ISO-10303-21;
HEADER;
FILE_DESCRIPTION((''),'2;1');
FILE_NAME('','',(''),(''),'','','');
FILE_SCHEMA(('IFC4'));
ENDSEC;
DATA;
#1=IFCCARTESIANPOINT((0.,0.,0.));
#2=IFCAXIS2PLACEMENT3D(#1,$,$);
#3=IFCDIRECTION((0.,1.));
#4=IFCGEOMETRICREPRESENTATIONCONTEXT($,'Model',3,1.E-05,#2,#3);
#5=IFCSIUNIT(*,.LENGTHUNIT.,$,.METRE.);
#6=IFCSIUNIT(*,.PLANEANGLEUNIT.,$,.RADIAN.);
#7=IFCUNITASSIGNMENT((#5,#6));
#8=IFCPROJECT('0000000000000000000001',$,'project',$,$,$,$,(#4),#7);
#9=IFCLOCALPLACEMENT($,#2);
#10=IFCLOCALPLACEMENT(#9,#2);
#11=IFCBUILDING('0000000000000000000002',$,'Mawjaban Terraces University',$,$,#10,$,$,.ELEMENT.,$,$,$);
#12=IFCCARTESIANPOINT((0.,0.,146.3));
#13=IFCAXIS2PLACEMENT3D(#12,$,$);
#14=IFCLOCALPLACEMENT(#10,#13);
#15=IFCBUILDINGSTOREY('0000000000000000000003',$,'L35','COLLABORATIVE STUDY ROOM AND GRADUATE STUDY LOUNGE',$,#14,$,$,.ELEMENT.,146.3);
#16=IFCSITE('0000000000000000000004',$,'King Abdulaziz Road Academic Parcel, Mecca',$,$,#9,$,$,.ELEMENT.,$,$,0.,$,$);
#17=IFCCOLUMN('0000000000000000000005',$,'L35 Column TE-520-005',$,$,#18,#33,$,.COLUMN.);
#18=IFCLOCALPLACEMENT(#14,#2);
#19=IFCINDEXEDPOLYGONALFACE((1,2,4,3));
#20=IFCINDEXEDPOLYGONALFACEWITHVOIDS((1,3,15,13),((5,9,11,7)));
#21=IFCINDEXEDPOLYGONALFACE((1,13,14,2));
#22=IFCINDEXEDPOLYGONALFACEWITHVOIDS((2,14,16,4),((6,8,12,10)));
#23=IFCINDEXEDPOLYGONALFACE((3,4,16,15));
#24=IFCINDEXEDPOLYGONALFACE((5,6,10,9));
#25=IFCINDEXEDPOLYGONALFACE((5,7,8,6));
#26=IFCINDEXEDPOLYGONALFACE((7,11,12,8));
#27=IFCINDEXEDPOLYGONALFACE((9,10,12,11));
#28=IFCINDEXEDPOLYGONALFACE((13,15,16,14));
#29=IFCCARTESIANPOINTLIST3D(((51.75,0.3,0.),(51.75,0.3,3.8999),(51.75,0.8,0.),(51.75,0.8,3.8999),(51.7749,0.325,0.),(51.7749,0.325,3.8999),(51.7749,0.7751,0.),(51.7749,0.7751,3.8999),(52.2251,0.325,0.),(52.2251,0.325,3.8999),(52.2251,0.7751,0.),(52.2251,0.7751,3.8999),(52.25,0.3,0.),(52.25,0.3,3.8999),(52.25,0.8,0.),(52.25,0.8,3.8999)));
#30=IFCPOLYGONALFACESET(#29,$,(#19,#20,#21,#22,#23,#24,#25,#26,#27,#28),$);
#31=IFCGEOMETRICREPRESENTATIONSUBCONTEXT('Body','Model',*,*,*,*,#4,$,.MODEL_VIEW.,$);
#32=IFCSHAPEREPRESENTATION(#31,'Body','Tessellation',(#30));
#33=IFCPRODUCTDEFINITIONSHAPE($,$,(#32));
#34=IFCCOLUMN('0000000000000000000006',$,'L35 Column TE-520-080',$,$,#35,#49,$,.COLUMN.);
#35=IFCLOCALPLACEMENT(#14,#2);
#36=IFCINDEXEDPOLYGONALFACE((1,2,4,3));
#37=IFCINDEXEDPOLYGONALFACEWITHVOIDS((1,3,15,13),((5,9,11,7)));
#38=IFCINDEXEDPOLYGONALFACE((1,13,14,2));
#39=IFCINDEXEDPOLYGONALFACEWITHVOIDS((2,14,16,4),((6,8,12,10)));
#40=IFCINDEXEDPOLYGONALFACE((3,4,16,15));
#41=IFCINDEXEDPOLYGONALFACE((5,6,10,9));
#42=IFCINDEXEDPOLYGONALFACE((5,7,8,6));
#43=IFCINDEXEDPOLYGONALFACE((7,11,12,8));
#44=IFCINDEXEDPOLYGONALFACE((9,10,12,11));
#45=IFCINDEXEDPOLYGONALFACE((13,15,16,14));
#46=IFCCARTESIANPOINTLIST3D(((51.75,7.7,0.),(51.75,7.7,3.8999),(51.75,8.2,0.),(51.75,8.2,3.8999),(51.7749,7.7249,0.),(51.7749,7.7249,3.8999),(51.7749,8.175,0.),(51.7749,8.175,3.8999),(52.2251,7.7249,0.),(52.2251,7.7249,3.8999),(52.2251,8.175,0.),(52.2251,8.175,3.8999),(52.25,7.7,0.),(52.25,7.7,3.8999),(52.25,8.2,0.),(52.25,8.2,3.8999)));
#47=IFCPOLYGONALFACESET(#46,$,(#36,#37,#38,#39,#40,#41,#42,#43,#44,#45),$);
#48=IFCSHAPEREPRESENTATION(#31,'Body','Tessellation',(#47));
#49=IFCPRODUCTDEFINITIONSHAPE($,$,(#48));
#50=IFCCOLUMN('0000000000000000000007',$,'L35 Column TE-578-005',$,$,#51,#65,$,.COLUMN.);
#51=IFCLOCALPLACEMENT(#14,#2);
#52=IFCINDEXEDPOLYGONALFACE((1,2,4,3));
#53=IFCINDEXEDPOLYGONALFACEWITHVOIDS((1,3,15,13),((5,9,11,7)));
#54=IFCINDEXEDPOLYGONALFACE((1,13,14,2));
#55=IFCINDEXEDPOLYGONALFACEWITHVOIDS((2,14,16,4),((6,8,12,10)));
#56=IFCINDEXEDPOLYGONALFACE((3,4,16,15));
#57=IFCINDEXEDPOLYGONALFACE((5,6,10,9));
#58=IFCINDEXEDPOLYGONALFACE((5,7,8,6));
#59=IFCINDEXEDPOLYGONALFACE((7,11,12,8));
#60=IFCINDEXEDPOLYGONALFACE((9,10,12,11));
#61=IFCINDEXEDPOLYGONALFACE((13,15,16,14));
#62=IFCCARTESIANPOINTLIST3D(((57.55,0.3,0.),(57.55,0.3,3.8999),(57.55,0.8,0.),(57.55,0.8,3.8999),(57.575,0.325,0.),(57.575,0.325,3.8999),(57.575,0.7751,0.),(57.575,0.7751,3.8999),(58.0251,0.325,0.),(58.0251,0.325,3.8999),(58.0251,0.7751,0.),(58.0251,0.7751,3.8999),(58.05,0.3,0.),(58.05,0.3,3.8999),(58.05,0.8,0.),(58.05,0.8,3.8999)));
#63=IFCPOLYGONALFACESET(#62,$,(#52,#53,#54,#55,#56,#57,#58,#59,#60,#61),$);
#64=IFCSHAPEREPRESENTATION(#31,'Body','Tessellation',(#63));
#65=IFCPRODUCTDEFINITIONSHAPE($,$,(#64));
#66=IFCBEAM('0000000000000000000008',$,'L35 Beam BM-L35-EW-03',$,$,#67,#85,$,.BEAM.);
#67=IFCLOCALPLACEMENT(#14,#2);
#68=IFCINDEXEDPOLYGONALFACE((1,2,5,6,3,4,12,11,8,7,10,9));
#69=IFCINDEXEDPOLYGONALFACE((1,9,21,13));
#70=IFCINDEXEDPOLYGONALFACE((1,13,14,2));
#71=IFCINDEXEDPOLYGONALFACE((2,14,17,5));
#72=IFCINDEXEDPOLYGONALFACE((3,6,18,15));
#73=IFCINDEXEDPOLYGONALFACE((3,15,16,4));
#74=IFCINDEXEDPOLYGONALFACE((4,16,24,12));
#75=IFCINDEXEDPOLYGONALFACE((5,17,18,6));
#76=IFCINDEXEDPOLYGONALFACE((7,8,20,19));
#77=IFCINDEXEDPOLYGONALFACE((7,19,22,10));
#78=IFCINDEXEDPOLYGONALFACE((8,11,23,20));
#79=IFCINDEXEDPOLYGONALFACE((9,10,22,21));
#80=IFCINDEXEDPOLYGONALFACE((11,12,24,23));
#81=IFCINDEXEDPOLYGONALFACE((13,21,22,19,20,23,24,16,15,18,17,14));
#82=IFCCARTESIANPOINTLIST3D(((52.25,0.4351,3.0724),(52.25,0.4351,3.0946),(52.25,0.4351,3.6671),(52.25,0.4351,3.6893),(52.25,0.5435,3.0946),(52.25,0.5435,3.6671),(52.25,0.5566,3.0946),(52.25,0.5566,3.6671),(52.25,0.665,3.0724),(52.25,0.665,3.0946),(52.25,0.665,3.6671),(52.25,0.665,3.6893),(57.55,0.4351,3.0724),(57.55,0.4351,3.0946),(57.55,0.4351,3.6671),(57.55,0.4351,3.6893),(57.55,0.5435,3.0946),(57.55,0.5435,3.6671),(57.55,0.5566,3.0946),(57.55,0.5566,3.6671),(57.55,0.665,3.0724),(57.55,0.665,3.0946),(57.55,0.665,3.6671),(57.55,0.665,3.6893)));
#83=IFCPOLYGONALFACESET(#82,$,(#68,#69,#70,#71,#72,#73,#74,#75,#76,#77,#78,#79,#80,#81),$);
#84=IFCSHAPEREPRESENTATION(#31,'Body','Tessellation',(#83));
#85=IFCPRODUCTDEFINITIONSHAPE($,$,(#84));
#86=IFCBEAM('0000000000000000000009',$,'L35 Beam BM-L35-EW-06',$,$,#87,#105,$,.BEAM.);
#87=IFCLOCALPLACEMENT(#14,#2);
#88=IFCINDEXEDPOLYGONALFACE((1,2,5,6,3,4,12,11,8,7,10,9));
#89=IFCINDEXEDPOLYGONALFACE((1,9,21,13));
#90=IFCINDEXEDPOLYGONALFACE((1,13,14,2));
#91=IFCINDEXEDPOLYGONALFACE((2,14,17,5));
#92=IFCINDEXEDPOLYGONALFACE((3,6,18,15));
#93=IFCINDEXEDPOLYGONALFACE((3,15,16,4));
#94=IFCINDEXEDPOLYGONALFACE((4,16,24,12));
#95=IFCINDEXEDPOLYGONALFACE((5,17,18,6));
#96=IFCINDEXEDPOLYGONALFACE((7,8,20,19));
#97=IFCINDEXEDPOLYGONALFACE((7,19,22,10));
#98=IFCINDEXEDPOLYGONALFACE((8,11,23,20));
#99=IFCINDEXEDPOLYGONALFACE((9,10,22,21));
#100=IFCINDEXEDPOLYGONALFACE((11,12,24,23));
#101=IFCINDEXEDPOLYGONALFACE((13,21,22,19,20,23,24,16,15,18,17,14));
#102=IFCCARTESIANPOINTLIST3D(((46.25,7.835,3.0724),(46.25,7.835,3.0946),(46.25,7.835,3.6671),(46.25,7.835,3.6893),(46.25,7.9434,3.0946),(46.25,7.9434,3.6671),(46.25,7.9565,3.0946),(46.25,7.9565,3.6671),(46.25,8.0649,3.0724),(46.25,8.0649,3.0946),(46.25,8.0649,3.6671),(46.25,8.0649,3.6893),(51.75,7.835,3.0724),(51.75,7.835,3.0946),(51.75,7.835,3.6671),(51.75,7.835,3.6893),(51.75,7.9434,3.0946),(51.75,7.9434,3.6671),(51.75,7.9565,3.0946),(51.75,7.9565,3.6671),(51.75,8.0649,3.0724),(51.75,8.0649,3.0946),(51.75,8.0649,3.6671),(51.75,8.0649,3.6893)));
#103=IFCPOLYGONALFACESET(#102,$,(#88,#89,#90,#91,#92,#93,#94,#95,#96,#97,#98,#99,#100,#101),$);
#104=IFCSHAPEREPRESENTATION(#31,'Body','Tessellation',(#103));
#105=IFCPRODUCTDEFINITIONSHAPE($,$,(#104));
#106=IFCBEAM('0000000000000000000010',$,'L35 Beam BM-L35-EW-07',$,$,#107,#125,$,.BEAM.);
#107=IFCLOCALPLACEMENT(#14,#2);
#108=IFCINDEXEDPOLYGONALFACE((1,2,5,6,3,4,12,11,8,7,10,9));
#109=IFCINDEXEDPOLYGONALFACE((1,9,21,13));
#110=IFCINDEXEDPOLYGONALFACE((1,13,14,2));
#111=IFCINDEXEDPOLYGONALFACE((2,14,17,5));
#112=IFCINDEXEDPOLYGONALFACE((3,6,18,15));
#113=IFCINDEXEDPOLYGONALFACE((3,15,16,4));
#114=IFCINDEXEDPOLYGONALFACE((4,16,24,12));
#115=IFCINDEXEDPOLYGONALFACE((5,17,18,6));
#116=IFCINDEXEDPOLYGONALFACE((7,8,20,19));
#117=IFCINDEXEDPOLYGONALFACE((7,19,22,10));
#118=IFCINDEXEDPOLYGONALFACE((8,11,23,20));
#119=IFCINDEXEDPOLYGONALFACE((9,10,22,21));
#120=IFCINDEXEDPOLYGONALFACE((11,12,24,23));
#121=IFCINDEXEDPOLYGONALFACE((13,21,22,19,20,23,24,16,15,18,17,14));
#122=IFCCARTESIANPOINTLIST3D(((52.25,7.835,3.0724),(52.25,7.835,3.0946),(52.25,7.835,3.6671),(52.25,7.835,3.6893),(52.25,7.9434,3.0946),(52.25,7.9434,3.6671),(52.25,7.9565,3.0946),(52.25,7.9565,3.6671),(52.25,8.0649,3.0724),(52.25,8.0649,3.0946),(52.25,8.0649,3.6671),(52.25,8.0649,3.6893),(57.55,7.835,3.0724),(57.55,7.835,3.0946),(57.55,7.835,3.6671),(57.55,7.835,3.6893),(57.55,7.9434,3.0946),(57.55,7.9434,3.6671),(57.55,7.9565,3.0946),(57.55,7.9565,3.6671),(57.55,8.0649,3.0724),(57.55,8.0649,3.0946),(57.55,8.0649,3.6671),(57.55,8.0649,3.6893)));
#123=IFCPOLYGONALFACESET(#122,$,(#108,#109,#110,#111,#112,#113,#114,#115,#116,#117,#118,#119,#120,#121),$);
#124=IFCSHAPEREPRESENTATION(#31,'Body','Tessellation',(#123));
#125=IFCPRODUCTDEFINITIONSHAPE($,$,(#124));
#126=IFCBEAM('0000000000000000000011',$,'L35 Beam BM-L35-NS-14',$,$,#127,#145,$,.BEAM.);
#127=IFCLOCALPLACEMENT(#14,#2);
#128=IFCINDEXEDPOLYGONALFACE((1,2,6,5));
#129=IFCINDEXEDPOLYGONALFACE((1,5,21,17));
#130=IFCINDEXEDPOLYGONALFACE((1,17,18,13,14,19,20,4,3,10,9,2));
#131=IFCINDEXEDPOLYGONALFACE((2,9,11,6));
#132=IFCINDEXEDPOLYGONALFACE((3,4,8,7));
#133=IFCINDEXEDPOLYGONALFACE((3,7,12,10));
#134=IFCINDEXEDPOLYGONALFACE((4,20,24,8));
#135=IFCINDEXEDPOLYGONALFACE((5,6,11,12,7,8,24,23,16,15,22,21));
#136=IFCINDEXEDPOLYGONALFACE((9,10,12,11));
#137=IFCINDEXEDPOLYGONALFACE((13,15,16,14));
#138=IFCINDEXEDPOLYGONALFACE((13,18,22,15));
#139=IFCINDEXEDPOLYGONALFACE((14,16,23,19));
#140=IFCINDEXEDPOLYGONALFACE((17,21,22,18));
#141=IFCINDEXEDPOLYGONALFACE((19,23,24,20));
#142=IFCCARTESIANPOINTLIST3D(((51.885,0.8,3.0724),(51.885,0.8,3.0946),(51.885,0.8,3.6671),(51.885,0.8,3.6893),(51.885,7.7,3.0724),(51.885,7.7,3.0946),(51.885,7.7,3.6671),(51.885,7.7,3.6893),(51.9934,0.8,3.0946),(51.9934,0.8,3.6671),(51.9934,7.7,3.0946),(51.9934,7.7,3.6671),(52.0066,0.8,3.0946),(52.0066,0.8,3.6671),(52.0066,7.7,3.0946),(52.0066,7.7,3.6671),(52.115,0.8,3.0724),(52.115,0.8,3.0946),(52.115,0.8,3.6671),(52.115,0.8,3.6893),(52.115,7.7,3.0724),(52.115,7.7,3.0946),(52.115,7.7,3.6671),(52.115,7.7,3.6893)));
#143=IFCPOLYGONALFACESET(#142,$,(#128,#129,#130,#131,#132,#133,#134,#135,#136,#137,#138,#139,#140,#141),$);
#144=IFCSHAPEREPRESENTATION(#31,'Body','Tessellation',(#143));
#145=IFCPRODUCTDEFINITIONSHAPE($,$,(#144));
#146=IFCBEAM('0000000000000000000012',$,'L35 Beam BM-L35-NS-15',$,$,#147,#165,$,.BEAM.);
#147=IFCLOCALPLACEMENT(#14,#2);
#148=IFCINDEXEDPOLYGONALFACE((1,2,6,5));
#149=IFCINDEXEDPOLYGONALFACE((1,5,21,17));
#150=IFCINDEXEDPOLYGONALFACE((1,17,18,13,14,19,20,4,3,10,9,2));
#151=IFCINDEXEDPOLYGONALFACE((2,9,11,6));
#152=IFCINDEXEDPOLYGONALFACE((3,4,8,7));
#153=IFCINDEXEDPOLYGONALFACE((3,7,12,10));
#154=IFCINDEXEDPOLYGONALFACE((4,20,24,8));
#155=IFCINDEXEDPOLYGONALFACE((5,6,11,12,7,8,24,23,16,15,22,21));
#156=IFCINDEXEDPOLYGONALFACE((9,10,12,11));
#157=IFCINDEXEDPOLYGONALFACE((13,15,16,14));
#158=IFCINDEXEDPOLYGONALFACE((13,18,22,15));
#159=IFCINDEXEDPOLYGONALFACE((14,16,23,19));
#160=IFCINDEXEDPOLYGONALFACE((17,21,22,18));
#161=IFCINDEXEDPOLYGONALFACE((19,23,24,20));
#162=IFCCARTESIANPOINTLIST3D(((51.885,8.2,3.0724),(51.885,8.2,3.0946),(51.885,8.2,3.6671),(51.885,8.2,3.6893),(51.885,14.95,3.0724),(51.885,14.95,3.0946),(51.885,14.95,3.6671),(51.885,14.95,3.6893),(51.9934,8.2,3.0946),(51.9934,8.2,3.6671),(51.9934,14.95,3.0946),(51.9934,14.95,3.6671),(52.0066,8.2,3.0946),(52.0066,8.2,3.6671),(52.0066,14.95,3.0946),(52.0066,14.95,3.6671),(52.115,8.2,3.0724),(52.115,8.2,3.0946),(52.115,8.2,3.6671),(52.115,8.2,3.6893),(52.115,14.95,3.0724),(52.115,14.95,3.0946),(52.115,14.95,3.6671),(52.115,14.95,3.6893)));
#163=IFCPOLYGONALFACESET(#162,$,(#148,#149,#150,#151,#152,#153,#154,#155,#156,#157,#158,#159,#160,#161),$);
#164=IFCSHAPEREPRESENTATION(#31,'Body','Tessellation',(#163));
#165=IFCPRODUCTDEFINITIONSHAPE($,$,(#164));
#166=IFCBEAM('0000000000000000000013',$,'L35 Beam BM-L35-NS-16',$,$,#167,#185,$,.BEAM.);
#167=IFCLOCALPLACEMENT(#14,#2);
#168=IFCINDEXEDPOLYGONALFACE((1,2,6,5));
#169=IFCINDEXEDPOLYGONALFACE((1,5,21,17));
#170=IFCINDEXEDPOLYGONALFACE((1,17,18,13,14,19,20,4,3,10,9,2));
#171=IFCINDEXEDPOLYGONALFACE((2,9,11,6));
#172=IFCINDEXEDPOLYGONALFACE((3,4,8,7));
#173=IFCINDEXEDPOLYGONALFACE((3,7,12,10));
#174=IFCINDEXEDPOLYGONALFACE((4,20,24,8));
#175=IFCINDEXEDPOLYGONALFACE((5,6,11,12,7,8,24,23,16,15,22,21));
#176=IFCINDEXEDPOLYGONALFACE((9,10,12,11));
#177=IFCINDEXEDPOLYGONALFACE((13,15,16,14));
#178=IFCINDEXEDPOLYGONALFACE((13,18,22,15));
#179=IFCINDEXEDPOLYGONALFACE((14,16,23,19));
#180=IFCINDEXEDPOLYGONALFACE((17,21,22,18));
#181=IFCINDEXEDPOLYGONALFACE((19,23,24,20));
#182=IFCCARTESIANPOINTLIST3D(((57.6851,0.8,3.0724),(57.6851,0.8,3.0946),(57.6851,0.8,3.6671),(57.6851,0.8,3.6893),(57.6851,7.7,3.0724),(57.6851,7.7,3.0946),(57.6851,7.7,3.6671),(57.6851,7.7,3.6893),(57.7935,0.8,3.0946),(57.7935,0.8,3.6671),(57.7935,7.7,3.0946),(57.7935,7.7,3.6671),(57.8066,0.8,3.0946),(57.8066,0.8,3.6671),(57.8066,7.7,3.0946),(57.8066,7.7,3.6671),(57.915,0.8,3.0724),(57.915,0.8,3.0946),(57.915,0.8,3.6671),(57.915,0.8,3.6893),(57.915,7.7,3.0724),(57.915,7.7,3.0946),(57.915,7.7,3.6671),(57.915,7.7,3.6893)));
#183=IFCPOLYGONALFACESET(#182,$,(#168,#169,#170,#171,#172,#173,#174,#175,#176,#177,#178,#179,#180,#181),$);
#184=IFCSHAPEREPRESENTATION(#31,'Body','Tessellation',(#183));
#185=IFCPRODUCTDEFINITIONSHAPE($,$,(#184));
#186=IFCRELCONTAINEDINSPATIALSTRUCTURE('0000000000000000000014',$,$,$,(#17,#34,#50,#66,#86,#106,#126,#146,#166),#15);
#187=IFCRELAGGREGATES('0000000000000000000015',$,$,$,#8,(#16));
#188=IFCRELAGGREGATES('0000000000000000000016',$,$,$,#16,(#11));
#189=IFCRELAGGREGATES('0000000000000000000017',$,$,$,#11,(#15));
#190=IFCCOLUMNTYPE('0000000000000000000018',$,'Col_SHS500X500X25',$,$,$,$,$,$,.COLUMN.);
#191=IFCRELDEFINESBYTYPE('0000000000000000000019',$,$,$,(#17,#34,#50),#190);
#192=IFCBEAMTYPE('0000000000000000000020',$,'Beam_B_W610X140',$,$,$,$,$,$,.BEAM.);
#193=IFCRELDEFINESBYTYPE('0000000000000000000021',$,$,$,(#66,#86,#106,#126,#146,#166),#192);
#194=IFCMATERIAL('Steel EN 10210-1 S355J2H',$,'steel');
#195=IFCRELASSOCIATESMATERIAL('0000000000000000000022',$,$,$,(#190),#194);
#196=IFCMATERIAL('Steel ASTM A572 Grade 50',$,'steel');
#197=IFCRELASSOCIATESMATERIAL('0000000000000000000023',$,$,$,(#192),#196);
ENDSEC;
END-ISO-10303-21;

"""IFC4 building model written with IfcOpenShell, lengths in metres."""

from ifc_helpers import new_model, si_unit, direction, frame, origin, origin_2d, place, context, subcontext, project, spatial, hollow_rectangle, i_section, extrude, material, material_profile, profile_set, type_object, element, save


model = new_model("IFC4")

# Units and contexts
model_context = context("Model", 3, precision=1e-05, world=origin(), true_north=direction((0.0, 1.0)))
body_context = subcontext(model_context, "Body", "Model", "MODEL_VIEW")
ifc_project = project(units=[si_unit("LENGTHUNIT", "METRE"), si_unit("PLANEANGLEUNIT", "RADIAN")], contexts=[model_context])

# Site, building, storey
site_placement = place(None, origin())
site = spatial("IfcSite", under=ifc_project, at=site_placement, Name="King Abdulaziz Road Academic Parcel, Mecca", CompositionType="ELEMENT", RefElevation=0.0)
building_placement = place(site_placement, origin())
building = spatial("IfcBuilding", under=site, at=building_placement, Name="Mawjaban Terraces University", CompositionType="ELEMENT")
storey_placement = place(building_placement, frame((0.0, 0.0, 146.3)))
storey = spatial("IfcBuildingStorey", under=building, at=storey_placement, Name="L35", Description="COLLABORATIVE STUDY ROOM AND GRADUATE STUDY LOUNGE", CompositionType="ELEMENT", Elevation=146.3)

# Columns
ifc_material_1 = material(Name="Steel EN 10210-1 S355J2H", Category="steel")
ifc_material_profile_1 = material_profile(ifc_material_1, hollow_rectangle(XDim=0.5, YDim=0.5, WallThickness=0.0249, at=origin_2d()), Name="SHS500X500X25")
ifc_profile_set_1 = profile_set([ifc_material_profile_1], Name="Steel EN 10210-1 S355J2H")
column_type = type_object("IfcColumnType", Name="Col_SHS500X500X25", PredefinedType="COLUMN", material=ifc_profile_set_1)
for number, where, z_axis, x_axis, name in (
    (1, (52.0, 0.55, 0.0), (0.0, 0.0, 1.0), (1.0, 0.0, 0.0), "L35 Column TE-520-005"),
    (2, (52.0, 7.95, 0.0), (0.0, 0.0, 1.0), (1.0, 0.0, 0.0), "L35 Column TE-520-080"),
    (3, (57.8, 0.55, 0.0), (0.0, 0.0, 1.0), (1.0, 0.0, 0.0), "L35 Column TE-578-005"),
):
    element("IfcColumn", number, at=place(storey_placement, frame(where, z_axis=z_axis, x_axis=x_axis)), inside=storey, type_object=column_type, Name=name, PredefinedType="COLUMN", context=body_context, shape_type="SweptSolid", body=[
        extrude(hollow_rectangle(XDim=0.5, YDim=0.5, WallThickness=0.0249, at=origin_2d()), origin(), (0.0, 0.0, 1.0), 3.8999),
    ])

# Beams
ifc_material_2 = material(Name="Steel ASTM A572 Grade 50", Category="steel")
ifc_material_profile_2 = material_profile(ifc_material_2, i_section(OverallWidth=0.23, OverallDepth=0.6169, WebThickness=0.0132, FlangeThickness=0.0222, at=origin_2d()), Name="W610X140")
ifc_profile_set_2 = profile_set([ifc_material_profile_2], Name="Steel ASTM A572 Grade 50")
beam_type_1 = type_object("IfcBeamType", Name="Beam_B_W610X140", PredefinedType="BEAM", material=ifc_profile_set_2)
beam_1_placement = place(storey_placement, frame((52.25, 0.55, 3.3809), z_axis=(1.0, 0.0, 0.0), x_axis=(0.0, 1.0, 0.0)))
element("IfcBeam", 4, at=beam_1_placement, inside=storey, type_object=beam_type_1, Name="L35 Beam BM-L35-EW-03", PredefinedType="BEAM", context=body_context, shape_type="SweptSolid", body=[
    extrude(i_section(OverallWidth=0.23, OverallDepth=0.6169, WebThickness=0.0132, FlangeThickness=0.0222, at=origin_2d()), origin(), (0.0, 0.0, 1.0), 5.3),
])
beam_2_placement = place(storey_placement, frame((46.25, 7.95, 3.3809), z_axis=(1.0, 0.0, 0.0), x_axis=(0.0, 1.0, 0.0)))
element("IfcBeam", 5, at=beam_2_placement, inside=storey, type_object=beam_type_1, Name="L35 Beam BM-L35-EW-06", PredefinedType="BEAM", context=body_context, shape_type="SweptSolid", body=[
    extrude(i_section(OverallWidth=0.23, OverallDepth=0.6169, WebThickness=0.0132, FlangeThickness=0.0222, at=origin_2d()), origin(), (0.0, 0.0, 1.0), 5.5),
])
beam_3_placement = place(storey_placement, frame((52.25, 7.95, 3.3809), z_axis=(1.0, 0.0, 0.0), x_axis=(0.0, 1.0, 0.0)))
element("IfcBeam", 6, at=beam_3_placement, inside=storey, type_object=beam_type_1, Name="L35 Beam BM-L35-EW-07", PredefinedType="BEAM", context=body_context, shape_type="SweptSolid", body=[
    extrude(i_section(OverallWidth=0.23, OverallDepth=0.6169, WebThickness=0.0132, FlangeThickness=0.0222, at=origin_2d()), origin(), (0.0, 0.0, 1.0), 5.3),
])
beam_4_placement = place(storey_placement, frame((52.0, 0.8, 3.3809), z_axis=(0.0, 1.0, 0.0), x_axis=(-1.0, 0.0, 0.0)))
element("IfcBeam", 7, at=beam_4_placement, inside=storey, type_object=beam_type_1, Name="L35 Beam BM-L35-NS-14", PredefinedType="BEAM", context=body_context, shape_type="SweptSolid", body=[
    extrude(i_section(OverallWidth=0.23, OverallDepth=0.6169, WebThickness=0.0132, FlangeThickness=0.0222, at=origin_2d()), origin(), (0.0, 0.0, 1.0), 6.8999),
])
beam_5_placement = place(storey_placement, frame((52.0, 8.2, 3.3809), z_axis=(0.0, 1.0, 0.0), x_axis=(-1.0, 0.0, 0.0)))
element("IfcBeam", 8, at=beam_5_placement, inside=storey, type_object=beam_type_1, Name="L35 Beam BM-L35-NS-15", PredefinedType="BEAM", context=body_context, shape_type="SweptSolid", body=[
    extrude(i_section(OverallWidth=0.23, OverallDepth=0.6169, WebThickness=0.0132, FlangeThickness=0.0222, at=origin_2d()), origin(), (0.0, 0.0, 1.0), 6.75),
])
beam_6_placement = place(storey_placement, frame((57.8, 0.8, 3.3809), z_axis=(0.0, 1.0, 0.0), x_axis=(-1.0, 0.0, 0.0)))
element("IfcBeam", 9, at=beam_6_placement, inside=storey, type_object=beam_type_1, Name="L35 Beam BM-L35-NS-16", PredefinedType="BEAM", context=body_context, shape_type="SweptSolid", body=[
    extrude(i_section(OverallWidth=0.23, OverallDepth=0.6169, WebThickness=0.0132, FlangeThickness=0.0222, at=origin_2d()), origin(), (0.0, 0.0, 1.0), 6.8999),
])

save(model, "model.ifc")
